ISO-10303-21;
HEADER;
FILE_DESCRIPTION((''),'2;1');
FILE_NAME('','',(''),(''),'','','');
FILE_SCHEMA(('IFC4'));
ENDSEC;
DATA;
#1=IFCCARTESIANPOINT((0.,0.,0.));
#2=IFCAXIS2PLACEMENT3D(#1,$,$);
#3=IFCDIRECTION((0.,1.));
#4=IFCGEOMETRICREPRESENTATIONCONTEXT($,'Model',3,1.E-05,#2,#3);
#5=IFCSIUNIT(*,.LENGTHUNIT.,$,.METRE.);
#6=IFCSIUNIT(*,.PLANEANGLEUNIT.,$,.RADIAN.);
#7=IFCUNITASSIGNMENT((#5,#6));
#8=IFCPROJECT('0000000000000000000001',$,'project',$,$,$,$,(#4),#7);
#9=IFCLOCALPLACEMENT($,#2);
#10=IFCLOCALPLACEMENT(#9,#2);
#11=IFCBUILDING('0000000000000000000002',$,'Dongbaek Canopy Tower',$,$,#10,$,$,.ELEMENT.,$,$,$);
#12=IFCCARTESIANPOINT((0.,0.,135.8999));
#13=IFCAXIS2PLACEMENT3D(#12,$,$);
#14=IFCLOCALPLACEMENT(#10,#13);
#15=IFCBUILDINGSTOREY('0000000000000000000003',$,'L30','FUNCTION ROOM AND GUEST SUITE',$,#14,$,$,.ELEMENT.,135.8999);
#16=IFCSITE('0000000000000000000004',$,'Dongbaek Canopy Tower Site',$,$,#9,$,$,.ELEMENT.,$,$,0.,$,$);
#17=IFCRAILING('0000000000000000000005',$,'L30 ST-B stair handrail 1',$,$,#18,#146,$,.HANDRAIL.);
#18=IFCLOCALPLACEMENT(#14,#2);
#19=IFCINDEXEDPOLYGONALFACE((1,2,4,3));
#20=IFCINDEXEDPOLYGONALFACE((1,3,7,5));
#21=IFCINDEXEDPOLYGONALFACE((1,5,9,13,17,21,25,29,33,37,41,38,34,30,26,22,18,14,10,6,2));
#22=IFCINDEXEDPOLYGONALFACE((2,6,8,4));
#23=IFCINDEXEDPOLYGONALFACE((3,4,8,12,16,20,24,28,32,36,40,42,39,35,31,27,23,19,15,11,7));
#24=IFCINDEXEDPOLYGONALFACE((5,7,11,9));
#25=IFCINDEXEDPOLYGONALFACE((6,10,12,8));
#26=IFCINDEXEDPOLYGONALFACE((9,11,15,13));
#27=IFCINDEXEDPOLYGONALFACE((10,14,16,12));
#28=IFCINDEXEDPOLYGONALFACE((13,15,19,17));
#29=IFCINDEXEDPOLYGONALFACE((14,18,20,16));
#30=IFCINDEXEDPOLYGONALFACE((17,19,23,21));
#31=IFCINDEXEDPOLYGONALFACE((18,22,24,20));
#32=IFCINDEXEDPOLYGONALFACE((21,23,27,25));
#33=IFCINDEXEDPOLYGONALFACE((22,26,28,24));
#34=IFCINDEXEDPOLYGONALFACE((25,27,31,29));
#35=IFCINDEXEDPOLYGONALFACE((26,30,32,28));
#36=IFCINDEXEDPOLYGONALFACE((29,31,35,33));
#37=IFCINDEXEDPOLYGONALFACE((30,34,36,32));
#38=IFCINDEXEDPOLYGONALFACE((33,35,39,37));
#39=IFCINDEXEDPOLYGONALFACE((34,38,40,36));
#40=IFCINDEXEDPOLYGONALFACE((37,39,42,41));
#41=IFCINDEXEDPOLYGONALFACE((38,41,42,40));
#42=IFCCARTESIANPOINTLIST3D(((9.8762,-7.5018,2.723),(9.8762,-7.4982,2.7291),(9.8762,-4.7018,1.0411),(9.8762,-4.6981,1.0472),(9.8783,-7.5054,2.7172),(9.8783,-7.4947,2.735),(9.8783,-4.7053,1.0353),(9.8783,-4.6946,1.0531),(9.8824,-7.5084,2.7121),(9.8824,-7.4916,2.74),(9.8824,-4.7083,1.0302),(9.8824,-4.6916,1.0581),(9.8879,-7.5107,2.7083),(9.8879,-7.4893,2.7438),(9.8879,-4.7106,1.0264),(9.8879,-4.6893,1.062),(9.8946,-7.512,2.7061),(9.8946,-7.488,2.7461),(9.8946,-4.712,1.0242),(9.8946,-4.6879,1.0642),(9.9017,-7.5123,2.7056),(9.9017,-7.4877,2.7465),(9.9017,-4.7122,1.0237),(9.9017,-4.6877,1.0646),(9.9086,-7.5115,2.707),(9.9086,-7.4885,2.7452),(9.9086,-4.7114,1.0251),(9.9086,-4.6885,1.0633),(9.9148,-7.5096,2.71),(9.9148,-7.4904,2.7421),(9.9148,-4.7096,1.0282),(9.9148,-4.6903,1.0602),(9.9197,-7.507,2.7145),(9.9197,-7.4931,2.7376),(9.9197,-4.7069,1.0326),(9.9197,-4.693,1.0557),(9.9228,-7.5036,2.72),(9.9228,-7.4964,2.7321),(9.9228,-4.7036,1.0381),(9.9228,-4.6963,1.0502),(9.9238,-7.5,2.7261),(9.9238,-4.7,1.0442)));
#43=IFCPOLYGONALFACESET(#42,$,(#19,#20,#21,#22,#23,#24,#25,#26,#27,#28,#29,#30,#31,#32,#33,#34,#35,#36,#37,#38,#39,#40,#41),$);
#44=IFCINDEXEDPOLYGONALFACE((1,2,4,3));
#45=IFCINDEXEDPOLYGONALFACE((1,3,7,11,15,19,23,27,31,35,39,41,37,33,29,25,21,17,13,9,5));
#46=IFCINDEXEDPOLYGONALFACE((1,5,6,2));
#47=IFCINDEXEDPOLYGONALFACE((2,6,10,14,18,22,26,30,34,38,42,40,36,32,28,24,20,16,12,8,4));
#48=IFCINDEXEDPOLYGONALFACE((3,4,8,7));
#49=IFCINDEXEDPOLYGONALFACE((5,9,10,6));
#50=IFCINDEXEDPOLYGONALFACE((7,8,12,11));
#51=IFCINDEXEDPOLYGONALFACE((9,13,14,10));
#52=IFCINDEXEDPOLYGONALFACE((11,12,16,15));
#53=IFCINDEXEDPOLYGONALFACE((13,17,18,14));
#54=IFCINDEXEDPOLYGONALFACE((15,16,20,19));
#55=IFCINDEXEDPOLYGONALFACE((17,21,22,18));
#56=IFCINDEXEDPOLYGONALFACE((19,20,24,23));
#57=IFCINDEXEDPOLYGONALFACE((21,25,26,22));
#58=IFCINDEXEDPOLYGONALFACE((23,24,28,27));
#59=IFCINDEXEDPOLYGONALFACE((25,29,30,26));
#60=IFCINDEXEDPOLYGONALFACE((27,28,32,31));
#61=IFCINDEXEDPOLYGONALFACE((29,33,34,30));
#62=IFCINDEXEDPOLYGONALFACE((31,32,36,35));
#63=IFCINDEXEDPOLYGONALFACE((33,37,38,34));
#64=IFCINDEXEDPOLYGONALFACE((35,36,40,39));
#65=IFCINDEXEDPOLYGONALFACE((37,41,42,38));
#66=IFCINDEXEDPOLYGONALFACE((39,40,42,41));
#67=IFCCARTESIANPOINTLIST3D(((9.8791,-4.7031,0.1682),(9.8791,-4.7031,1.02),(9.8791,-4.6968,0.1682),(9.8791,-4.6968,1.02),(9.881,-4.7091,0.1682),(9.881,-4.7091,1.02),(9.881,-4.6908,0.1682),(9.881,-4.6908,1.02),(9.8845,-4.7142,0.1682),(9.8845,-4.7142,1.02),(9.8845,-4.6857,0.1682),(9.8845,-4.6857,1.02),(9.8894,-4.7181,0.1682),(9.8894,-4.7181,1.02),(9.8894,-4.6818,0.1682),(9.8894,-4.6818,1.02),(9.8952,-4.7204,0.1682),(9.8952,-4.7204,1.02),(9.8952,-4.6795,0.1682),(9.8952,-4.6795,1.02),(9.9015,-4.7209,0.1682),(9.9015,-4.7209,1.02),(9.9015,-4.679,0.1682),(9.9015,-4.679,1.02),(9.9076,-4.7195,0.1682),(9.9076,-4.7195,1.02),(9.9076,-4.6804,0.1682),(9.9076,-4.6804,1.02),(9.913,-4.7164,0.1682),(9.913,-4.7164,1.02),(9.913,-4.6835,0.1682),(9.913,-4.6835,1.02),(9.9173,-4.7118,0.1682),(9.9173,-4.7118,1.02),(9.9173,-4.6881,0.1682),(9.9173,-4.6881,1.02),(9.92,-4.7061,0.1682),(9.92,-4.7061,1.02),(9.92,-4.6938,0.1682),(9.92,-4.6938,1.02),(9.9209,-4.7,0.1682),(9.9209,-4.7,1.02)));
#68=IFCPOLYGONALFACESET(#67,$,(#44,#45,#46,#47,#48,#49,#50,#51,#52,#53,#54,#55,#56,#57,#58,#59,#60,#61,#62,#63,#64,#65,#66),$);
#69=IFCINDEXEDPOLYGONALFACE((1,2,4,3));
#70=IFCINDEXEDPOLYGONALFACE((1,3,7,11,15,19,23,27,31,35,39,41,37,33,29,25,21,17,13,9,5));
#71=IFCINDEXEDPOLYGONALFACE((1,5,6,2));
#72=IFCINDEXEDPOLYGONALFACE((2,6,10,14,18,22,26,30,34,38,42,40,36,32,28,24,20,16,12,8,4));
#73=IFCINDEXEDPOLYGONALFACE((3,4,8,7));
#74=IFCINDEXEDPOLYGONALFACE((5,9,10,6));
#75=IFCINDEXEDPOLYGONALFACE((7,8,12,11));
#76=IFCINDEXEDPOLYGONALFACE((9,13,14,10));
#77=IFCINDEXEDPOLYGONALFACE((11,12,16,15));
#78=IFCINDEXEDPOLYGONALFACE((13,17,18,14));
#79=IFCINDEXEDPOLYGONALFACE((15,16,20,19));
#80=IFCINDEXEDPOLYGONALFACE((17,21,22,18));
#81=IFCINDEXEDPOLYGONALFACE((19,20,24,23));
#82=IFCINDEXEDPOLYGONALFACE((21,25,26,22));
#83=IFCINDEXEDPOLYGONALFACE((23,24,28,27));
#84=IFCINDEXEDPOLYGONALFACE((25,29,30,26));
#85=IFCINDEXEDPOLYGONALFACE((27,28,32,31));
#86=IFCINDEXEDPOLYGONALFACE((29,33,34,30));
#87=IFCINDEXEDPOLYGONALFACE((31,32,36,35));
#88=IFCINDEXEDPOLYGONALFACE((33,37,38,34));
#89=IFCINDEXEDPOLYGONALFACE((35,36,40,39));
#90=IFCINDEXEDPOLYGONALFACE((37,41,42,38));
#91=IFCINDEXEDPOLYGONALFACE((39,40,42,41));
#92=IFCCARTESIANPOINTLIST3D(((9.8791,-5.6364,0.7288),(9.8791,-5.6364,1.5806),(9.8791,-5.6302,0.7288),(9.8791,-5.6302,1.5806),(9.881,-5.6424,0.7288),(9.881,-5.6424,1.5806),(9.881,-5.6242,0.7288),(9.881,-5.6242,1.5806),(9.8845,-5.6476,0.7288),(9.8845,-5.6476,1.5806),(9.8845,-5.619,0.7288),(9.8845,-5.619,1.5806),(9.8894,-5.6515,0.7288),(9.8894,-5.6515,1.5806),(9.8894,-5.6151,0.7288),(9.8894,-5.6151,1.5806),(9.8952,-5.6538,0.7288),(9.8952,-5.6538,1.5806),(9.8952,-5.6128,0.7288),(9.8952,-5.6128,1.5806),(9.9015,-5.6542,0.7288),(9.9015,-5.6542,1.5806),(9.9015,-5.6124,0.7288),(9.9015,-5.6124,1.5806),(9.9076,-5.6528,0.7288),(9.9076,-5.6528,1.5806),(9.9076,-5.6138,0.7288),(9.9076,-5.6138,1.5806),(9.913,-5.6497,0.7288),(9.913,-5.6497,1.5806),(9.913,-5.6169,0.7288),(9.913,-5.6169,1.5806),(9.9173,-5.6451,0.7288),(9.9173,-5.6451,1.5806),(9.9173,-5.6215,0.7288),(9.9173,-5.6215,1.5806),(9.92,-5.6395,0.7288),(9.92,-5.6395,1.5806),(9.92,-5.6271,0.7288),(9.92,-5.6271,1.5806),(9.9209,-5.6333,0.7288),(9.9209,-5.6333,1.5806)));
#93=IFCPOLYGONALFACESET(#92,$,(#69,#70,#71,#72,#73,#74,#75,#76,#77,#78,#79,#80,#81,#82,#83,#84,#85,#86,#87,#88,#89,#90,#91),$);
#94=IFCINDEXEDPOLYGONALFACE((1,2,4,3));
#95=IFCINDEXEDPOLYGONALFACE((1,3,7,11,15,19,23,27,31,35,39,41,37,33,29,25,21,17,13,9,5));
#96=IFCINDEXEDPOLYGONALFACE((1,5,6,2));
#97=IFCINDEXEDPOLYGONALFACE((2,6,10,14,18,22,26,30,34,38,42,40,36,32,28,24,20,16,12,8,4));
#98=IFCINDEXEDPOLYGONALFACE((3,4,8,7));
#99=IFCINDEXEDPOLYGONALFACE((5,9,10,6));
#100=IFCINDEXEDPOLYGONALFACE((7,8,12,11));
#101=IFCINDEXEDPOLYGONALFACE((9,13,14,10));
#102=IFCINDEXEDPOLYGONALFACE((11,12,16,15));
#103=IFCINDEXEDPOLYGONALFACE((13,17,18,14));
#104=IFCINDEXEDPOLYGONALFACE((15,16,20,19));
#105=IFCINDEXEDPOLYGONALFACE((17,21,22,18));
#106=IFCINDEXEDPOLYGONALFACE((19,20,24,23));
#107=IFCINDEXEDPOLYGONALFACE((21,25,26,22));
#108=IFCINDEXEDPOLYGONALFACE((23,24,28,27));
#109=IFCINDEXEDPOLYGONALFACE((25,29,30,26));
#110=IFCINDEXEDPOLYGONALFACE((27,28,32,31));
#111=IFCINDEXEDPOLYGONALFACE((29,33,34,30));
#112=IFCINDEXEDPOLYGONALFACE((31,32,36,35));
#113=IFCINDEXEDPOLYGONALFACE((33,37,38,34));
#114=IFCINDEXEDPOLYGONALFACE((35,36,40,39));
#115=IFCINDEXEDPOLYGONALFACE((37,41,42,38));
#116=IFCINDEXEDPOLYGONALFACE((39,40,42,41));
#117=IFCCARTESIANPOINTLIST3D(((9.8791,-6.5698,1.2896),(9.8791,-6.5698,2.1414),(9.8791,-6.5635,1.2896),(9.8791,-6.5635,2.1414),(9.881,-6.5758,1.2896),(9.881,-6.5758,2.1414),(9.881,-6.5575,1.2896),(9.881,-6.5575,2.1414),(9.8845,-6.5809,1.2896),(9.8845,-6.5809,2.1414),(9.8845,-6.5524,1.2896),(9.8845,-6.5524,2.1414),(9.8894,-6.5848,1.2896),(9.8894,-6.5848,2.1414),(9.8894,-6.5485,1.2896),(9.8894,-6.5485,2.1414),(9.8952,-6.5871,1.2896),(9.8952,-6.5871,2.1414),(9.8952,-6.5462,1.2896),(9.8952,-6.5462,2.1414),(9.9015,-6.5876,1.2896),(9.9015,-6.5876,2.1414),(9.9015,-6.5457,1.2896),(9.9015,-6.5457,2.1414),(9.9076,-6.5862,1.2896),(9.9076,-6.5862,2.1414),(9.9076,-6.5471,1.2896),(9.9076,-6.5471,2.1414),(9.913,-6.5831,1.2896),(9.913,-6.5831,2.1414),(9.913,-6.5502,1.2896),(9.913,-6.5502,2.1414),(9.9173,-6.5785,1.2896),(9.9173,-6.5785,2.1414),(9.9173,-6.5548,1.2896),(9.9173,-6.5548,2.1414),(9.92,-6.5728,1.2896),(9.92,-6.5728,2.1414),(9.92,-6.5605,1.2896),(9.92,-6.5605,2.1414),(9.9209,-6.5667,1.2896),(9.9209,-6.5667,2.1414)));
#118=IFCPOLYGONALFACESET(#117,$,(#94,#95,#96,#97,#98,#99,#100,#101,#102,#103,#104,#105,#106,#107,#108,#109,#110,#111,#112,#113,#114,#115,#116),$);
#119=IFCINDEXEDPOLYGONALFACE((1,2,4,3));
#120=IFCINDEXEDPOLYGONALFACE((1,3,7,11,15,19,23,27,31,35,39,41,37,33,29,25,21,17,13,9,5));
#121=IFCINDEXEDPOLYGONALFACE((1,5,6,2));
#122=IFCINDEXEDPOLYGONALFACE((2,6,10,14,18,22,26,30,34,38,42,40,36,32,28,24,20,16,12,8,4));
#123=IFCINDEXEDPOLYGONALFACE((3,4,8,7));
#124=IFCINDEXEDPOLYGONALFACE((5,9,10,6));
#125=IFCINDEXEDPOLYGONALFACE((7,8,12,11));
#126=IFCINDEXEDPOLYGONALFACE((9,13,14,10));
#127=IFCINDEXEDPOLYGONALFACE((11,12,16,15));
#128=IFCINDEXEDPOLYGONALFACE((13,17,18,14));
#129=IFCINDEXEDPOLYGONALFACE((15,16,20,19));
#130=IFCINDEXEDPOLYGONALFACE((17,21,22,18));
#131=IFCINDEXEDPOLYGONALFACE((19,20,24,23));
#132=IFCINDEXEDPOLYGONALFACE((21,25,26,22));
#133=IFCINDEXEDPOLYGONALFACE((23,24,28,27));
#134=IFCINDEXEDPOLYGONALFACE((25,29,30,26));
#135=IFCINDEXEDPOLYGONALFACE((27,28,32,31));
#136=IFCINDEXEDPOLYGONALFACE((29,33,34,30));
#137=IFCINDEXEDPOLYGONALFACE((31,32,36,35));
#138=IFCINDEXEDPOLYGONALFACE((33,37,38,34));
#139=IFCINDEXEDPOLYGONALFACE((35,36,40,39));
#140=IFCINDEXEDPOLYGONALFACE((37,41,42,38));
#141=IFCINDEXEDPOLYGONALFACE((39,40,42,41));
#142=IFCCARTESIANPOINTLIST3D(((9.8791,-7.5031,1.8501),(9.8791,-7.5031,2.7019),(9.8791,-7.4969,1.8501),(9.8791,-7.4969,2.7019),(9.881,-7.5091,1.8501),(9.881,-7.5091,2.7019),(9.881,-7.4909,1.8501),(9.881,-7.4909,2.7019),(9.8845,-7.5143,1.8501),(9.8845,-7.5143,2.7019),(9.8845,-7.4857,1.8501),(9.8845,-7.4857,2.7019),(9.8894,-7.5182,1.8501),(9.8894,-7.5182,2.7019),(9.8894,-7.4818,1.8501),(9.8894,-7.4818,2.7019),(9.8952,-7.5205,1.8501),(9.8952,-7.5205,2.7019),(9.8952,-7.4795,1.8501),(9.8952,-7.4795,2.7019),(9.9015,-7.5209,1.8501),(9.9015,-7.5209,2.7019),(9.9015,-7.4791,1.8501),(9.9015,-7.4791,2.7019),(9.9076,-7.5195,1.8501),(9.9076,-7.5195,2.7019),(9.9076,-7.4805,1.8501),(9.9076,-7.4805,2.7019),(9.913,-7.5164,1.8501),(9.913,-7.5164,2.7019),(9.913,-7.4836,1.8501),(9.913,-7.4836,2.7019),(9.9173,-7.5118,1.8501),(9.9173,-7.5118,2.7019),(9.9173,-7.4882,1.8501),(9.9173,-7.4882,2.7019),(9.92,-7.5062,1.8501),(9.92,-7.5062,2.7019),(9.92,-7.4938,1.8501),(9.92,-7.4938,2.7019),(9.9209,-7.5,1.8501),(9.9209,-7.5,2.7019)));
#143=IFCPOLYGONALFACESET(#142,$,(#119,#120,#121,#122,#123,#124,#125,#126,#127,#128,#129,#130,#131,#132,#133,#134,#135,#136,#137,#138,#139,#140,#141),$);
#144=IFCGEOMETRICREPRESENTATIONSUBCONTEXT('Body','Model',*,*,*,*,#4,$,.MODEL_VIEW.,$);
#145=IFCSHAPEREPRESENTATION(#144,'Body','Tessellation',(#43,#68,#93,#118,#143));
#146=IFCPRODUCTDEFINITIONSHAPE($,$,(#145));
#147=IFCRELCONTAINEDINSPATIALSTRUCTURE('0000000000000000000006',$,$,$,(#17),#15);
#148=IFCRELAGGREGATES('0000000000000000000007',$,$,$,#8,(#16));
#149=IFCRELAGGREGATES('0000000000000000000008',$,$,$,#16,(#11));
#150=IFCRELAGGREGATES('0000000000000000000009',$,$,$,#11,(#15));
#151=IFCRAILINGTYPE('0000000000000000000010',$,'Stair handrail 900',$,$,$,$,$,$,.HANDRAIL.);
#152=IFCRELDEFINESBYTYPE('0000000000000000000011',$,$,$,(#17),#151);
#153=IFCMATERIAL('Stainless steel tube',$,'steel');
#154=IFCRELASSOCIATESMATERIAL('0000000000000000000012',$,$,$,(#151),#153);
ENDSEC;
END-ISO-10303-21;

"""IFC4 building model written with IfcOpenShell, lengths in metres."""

from ifc_helpers import new_model, si_unit, direction, frame, origin, origin_2d, place, context, subcontext, project, spatial, circle, extrude, material, type_object, element, save


model = new_model("IFC4")

# Units and contexts
model_context = context("Model", 3, precision=1e-05, world=origin(), true_north=direction((0.0, 1.0)))
body_context = subcontext(model_context, "Body", "Model", "MODEL_VIEW")
ifc_project = project(units=[si_unit("LENGTHUNIT", "METRE"), si_unit("PLANEANGLEUNIT", "RADIAN")], contexts=[model_context])

# Site, building, storey
site_placement = place(None, origin())
site = spatial("IfcSite", under=ifc_project, at=site_placement, Name="Dongbaek Canopy Tower Site", CompositionType="ELEMENT", RefElevation=0.0)
building_placement = place(site_placement, origin())
building = spatial("IfcBuilding", under=site, at=building_placement, Name="Dongbaek Canopy Tower", CompositionType="ELEMENT")
storey_placement = place(building_placement, frame((0.0, 0.0, 135.8999)))
storey = spatial("IfcBuildingStorey", under=building, at=storey_placement, Name="L30", Description="FUNCTION ROOM AND GUEST SUITE", CompositionType="ELEMENT", Elevation=135.8999)

# Railing
ifc_material_1 = material(Name="Stainless steel tube", Category="steel")
railing_type_1 = type_object("IfcRailingType", Name="Stair handrail 900", PredefinedType="HANDRAIL", material=ifc_material_1)
railing_1_placement = place(storey_placement, frame((9.8999, -4.7, 0.1682)))
element("IfcRailing", 1, at=railing_1_placement, inside=storey, type_object=railing_type_1, Name="L30 ST-B stair handrail 1", PredefinedType="HANDRAIL", context=body_context, shape_type="SweptSolid", body=[
    extrude(circle(Radius=0.0239, at=origin_2d()), frame((0.0, 0.0, 0.876), z_axis=(0.0, -0.857242, 0.514913), x_axis=(1.0, 0.0, 0.0)), (0.0, 0.0, 1.0), 3.2664),
    extrude(circle(Radius=0.021, at=origin_2d()), origin(), (0.0, 0.0, 1.0), 0.8518),
    extrude(circle(Radius=0.021, at=origin_2d()), frame((0.0, -0.9333, 0.5605)), (0.0, 0.0, 1.0), 0.8518),
    extrude(circle(Radius=0.021, at=origin_2d()), frame((0.0, -1.8667, 1.1213)), (0.0, 0.0, 1.0), 0.8518),
    extrude(circle(Radius=0.021, at=origin_2d()), frame((0.0, -2.8, 1.6819)), (0.0, 0.0, 1.0), 0.8518),
])

save(model, "model.ifc")
